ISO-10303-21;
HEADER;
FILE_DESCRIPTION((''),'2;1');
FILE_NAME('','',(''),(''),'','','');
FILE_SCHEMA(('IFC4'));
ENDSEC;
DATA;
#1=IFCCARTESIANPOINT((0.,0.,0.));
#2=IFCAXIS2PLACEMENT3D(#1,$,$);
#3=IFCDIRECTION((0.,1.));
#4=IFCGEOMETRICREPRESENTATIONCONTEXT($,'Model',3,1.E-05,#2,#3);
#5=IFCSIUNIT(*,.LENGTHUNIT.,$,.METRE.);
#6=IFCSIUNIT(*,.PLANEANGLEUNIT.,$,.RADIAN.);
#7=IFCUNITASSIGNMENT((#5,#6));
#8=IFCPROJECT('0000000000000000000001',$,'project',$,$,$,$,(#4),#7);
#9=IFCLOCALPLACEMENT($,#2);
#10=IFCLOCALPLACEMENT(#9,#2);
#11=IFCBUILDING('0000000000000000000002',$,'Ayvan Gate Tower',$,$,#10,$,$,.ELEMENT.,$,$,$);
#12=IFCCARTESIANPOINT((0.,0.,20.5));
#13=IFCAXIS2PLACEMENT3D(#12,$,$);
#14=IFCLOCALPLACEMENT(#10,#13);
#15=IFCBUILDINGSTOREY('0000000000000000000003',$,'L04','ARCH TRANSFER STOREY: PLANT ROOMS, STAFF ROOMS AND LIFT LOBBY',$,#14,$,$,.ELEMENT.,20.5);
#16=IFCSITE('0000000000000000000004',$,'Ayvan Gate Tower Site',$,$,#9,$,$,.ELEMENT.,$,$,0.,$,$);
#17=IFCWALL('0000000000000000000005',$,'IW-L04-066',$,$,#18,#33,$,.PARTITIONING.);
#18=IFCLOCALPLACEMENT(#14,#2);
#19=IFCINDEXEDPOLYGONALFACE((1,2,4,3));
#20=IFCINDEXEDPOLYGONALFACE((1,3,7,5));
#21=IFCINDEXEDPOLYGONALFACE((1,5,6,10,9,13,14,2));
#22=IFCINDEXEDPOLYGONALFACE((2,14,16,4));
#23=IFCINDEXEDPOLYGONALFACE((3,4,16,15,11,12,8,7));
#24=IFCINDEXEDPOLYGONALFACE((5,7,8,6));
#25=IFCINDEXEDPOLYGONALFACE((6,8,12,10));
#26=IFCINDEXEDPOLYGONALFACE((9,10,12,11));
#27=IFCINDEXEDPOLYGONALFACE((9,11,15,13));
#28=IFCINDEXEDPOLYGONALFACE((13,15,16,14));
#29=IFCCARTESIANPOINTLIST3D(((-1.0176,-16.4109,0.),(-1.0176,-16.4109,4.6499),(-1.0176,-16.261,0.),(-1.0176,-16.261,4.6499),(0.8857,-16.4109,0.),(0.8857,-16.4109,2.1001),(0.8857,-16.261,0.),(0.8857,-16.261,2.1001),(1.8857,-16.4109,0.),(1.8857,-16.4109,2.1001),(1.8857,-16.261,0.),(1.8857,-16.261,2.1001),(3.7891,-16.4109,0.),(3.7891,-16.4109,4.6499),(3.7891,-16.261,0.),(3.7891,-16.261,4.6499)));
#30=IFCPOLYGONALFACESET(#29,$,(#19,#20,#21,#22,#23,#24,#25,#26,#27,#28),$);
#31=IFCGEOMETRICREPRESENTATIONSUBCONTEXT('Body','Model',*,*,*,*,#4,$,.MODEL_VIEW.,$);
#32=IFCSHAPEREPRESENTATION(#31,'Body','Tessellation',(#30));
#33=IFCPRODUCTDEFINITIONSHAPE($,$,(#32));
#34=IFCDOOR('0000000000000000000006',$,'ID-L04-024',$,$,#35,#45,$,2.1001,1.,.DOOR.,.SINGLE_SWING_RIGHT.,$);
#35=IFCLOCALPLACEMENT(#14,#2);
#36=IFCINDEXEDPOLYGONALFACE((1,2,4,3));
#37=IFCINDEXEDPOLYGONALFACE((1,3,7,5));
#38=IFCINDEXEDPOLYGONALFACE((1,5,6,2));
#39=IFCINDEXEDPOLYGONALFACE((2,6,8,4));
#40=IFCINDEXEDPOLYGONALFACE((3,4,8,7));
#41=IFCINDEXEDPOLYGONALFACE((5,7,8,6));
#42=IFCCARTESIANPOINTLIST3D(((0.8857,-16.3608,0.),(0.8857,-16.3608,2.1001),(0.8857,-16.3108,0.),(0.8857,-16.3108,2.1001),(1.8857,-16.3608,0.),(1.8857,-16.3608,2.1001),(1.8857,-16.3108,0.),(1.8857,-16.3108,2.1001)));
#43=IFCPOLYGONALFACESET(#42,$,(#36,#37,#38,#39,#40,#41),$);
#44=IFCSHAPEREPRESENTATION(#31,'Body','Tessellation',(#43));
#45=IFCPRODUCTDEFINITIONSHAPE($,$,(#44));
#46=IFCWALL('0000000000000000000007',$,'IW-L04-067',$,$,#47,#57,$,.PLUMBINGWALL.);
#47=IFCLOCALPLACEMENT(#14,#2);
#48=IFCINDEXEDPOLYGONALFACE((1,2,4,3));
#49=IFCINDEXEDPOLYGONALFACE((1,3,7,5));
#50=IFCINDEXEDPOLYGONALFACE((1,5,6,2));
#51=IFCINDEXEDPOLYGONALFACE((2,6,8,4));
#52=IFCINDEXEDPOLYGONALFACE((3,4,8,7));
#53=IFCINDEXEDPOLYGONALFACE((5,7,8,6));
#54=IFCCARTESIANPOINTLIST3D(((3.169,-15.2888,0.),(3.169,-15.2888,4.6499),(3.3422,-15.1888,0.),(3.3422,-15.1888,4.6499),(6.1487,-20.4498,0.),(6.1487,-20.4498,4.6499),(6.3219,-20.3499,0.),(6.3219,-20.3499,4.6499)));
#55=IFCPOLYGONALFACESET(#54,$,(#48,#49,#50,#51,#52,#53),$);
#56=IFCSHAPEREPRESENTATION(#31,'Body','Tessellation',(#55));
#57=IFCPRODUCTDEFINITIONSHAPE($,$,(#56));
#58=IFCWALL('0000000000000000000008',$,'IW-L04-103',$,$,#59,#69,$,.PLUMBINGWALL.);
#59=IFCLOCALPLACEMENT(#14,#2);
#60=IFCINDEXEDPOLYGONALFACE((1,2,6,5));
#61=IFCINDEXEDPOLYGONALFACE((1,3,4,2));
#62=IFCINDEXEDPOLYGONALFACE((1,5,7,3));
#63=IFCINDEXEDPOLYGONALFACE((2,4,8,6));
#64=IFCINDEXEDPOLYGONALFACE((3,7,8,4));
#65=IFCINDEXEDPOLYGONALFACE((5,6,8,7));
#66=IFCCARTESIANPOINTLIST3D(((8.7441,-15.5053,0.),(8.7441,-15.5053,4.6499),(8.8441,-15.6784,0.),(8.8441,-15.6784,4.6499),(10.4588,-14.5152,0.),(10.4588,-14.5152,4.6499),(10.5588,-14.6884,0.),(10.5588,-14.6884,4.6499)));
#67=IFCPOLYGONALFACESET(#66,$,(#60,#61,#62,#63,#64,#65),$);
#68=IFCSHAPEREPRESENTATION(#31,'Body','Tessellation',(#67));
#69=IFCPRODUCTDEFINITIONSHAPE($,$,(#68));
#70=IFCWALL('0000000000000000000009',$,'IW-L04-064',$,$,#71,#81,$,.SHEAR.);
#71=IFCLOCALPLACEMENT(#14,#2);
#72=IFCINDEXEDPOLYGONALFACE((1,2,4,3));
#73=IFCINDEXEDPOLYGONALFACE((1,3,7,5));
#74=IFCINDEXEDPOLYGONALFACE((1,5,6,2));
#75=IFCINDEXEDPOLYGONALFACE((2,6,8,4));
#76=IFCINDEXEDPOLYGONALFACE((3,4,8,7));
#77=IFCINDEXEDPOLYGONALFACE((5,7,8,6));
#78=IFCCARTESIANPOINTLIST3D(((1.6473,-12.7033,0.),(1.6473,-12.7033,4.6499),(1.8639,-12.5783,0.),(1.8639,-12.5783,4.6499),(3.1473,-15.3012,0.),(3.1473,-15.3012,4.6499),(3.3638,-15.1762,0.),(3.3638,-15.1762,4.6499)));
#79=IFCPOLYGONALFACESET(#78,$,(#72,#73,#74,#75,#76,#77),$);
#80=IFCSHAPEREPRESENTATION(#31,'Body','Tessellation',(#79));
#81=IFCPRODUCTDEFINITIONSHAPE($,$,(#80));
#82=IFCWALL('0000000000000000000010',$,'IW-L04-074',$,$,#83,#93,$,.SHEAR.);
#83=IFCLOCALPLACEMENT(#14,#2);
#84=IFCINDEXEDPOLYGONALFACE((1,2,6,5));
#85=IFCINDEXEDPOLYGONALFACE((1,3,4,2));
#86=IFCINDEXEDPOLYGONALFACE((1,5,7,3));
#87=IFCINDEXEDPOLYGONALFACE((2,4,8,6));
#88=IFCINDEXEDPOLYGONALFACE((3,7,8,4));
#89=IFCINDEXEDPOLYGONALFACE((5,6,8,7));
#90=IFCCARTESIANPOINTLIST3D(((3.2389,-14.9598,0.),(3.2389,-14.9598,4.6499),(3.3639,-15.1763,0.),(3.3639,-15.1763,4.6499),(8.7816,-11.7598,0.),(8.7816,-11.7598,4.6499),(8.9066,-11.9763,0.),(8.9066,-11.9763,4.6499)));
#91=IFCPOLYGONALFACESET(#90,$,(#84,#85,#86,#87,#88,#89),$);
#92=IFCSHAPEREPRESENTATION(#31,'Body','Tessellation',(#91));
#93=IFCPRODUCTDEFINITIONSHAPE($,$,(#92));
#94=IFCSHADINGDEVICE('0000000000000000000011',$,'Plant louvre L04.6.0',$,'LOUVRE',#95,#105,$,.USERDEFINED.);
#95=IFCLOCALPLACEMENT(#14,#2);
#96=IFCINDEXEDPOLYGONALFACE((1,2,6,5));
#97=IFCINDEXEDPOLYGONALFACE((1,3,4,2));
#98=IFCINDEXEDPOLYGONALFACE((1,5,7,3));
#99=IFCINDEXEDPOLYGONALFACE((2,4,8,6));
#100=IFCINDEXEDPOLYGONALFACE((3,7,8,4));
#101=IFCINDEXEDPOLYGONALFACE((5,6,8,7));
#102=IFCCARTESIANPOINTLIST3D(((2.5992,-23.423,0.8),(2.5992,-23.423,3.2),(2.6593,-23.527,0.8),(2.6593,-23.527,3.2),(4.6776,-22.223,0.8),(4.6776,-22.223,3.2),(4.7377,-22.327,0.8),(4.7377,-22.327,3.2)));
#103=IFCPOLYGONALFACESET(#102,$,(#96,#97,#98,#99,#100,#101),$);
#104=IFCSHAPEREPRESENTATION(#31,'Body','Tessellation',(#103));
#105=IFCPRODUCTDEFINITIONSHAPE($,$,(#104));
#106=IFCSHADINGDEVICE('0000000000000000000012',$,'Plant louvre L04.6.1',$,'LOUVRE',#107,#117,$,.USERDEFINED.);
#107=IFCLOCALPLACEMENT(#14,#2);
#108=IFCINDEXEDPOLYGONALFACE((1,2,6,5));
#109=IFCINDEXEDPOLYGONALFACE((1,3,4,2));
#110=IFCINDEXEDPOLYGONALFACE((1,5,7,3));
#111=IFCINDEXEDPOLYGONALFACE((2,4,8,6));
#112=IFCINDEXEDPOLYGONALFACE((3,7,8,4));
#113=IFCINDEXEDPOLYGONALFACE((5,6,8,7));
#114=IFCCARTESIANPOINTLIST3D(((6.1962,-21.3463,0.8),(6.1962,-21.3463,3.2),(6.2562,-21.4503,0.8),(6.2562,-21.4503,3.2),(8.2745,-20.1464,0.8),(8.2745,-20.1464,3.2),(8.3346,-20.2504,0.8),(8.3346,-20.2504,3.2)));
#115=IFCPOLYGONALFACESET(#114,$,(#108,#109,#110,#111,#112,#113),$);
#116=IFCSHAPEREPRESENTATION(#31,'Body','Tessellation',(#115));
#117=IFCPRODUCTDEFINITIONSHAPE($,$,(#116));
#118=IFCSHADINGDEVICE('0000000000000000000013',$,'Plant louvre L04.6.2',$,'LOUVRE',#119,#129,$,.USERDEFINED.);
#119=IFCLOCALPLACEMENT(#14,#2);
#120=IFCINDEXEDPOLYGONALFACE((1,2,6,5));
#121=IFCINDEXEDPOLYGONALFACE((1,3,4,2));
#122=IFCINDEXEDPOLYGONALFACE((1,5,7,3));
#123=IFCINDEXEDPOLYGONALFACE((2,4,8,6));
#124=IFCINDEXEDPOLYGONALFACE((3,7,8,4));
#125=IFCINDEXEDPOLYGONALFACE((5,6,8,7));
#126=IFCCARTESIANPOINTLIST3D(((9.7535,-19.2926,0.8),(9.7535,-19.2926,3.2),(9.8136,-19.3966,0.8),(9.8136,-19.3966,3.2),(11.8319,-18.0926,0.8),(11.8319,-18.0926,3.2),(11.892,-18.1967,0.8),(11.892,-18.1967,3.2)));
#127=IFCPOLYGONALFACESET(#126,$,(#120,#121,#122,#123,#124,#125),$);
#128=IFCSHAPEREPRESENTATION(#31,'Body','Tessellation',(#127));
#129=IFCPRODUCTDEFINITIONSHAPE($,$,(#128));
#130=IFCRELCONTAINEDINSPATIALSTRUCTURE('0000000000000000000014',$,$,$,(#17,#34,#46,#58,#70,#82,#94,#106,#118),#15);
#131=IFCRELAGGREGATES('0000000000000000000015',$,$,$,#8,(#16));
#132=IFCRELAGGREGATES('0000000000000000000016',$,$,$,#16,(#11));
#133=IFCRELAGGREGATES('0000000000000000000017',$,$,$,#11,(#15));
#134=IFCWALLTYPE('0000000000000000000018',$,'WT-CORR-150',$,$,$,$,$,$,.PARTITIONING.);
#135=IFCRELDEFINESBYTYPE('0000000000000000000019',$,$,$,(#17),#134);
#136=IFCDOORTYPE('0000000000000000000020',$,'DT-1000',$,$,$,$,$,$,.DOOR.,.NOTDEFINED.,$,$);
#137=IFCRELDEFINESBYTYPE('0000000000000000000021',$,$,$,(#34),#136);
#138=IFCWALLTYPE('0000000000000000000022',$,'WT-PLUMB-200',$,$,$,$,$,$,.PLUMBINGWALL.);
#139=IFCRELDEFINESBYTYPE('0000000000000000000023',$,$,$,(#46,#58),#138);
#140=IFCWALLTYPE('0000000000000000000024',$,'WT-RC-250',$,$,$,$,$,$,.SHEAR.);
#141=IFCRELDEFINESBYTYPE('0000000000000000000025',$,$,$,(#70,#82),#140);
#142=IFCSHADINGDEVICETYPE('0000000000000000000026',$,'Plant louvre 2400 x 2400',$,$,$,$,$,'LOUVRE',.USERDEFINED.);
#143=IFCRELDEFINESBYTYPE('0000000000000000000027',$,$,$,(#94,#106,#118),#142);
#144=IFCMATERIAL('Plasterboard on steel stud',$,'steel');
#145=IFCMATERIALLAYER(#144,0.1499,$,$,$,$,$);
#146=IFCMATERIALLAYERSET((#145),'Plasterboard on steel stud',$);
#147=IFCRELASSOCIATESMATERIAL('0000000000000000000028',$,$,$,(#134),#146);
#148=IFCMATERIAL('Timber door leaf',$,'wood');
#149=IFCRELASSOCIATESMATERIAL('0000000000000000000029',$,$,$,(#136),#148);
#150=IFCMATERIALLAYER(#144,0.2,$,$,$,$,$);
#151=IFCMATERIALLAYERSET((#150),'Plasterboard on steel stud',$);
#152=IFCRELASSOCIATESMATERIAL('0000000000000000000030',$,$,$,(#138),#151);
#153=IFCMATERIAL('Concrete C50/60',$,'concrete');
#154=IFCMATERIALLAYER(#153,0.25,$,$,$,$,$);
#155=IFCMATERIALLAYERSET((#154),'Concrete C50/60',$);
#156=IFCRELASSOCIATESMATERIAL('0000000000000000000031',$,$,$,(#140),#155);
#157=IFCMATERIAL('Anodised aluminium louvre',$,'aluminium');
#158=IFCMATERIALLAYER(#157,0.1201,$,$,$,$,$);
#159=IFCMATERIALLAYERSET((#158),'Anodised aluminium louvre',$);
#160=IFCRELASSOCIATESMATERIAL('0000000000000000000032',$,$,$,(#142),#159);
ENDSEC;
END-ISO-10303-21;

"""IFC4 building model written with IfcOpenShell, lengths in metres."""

from ifc_helpers import new_model, si_unit, direction, frame, frame_2d, origin, origin_2d, place, context, subcontext, project, spatial, rectangle, extrude, material, layer, layer_set, type_object, element, fill, save


model = new_model("IFC4")

# Units and contexts
model_context = context("Model", 3, precision=1e-05, world=origin(), true_north=direction((0.0, 1.0)))
body_context = subcontext(model_context, "Body", "Model", "MODEL_VIEW")
ifc_project = project(units=[si_unit("LENGTHUNIT", "METRE"), si_unit("PLANEANGLEUNIT", "RADIAN")], contexts=[model_context])

# Site, building, storey
site_placement = place(None, origin())
site = spatial("IfcSite", under=ifc_project, at=site_placement, Name="Ayvan Gate Tower Site", CompositionType="ELEMENT", RefElevation=0.0)
building_placement = place(site_placement, origin())
building = spatial("IfcBuilding", under=site, at=building_placement, Name="Ayvan Gate Tower", CompositionType="ELEMENT")
storey_placement = place(building_placement, frame((0.0, 0.0, 20.5)))
storey = spatial("IfcBuildingStorey", under=building, at=storey_placement, Name="L04", Description="ARCH TRANSFER STOREY: PLANT ROOMS, STAFF ROOMS AND LIFT LOBBY", CompositionType="ELEMENT", Elevation=20.5)

# Shared definitions
ifc_material_1 = material(Name="Anodised aluminium louvre", Category="aluminium")

# Wall, opening, door
ifc_material_2 = material(Name="Plasterboard on steel stud", Category="steel")
ifc_layer_1 = layer(ifc_material_2, 0.1499)
ifc_layer_set_1 = layer_set([ifc_layer_1], Name="Plasterboard on steel stud")
wall_type_1 = type_object("IfcWallType", Name="WT-CORR-150", PredefinedType="PARTITIONING", material=ifc_layer_set_1)
wall_1_placement = place(storey_placement, frame((3.7891, -16.3359, 0.0), z_axis=(0.0, 0.0, 1.0), x_axis=(-1.0, 0.0, 0.0)))
wall_1 = element("IfcWall", 1, at=wall_1_placement, inside=storey, type_object=wall_type_1, Name="IW-L04-066", PredefinedType="PARTITIONING", context=body_context, shape_type="SweptSolid", body=[
    extrude(rectangle(XDim=4.8066, YDim=0.1499, at=frame_2d((2.4033, 0.0))), origin(), (0.0, 0.0, 1.0), 4.6499),
])
opening_1_placement = place(wall_1_placement, frame((1.9033, 0.0, 0.0)))
opening_1 = element("IfcOpeningElement", 2, at=opening_1_placement, cuts=wall_1, PredefinedType="OPENING", context=body_context, shape_type="SweptSolid", body=[
    extrude(rectangle(XDim=1.0, YDim=2.1001, at=frame_2d((0.5, 1.05))), frame((0.0, 0.085, 0.0), z_axis=(0.0, -1.0, 0.0), x_axis=(1.0, 0.0, 0.0)), (0.0, 0.0, 1.0), 0.1699),
])
ifc_material_3 = material(Name="Timber door leaf", Category="wood")
door_type = type_object("IfcDoorType", Name="DT-1000", OperationType="NOTDEFINED", PredefinedType="DOOR", material=ifc_material_3)
door_placement = place(opening_1_placement, origin())
door = element("IfcDoor", 3, at=door_placement, inside=storey, type_object=door_type, Name="ID-L04-024", OperationType="SINGLE_SWING_RIGHT", OverallHeight=2.1001, OverallWidth=1.0, PredefinedType="DOOR", context=body_context, shape_type="SweptSolid", body=[
    extrude(rectangle(XDim=1.0, YDim=2.1001, at=frame_2d((0.5, 1.05))), frame((0.0, 0.0249, 0.0), z_axis=(0.0, -1.0, 0.0), x_axis=(1.0, 0.0, 0.0)), (0.0, 0.0, 1.0), 0.05),
])
fill(opening_1, door)

# Walls
ifc_layer_2 = layer(ifc_material_2, 0.2)
ifc_layer_set_2 = layer_set([ifc_layer_2], Name="Plasterboard on steel stud")
wall_type_2 = type_object("IfcWallType", Name="WT-PLUMB-200", PredefinedType="PLUMBINGWALL", material=ifc_layer_set_2)
wall_2_placement = place(storey_placement, frame((3.2556, -15.2388, 0.0), z_axis=(0.0, 0.0, 1.0), x_axis=(0.499994, -0.866029, 0.0)))
element("IfcWall", 4, at=wall_2_placement, inside=storey, type_object=wall_type_2, Name="IW-L04-067", PredefinedType="PLUMBINGWALL", context=body_context, shape_type="SweptSolid", body=[
    extrude(rectangle(XDim=5.9595, YDim=0.2, at=frame_2d((2.9797, 0.0))), origin(), (0.0, 0.0, 1.0), 4.6499),
])
wall_3_placement = place(storey_placement, frame((10.5088, -14.6018, 0.0), z_axis=(0.0, 0.0, 1.0), x_axis=(-0.866011, -0.500025, 0.0)))
element("IfcWall", 5, at=wall_3_placement, inside=storey, type_object=wall_type_2, Name="IW-L04-103", PredefinedType="PLUMBINGWALL", context=body_context, shape_type="SweptSolid", body=[
    extrude(rectangle(XDim=1.98, YDim=0.2, at=frame_2d((0.99, 0.0))), origin(), (0.0, 0.0, 1.0), 4.6499),
])
ifc_material_4 = material(Name="Concrete C50/60", Category="concrete")
ifc_layer_3 = layer(ifc_material_4, 0.25)
ifc_layer_set_3 = layer_set([ifc_layer_3], Name="Concrete C50/60")
wall_type_3 = type_object("IfcWallType", Name="WT-RC-250", PredefinedType="SHEAR", material=ifc_layer_set_3)
wall_4_placement = place(storey_placement, frame((3.2556, -15.2388, 0.0), z_axis=(0.0, 0.0, 1.0), x_axis=(-0.500025, 0.866011, 0.0)))
element("IfcWall", 6, at=wall_4_placement, inside=storey, type_object=wall_type_3, Name="IW-L04-064", PredefinedType="SHEAR", context=body_context, shape_type="SweptSolid", body=[
    extrude(rectangle(XDim=2.9998, YDim=0.25, at=frame_2d((1.5, 0.0))), origin(), (0.0, 0.0, 1.0), 4.6499),
])
wall_5_placement = place(storey_placement, frame((3.3013, -15.0681, 0.0), z_axis=(0.0, 0.0, 1.0), x_axis=(0.866035, 0.499983, 0.0)))
element("IfcWall", 7, at=wall_5_placement, inside=storey, type_object=wall_type_3, Name="IW-L04-074", PredefinedType="SHEAR", context=body_context, shape_type="SweptSolid", body=[
    extrude(rectangle(XDim=6.4001, YDim=0.25, at=frame_2d((3.2002, 0.0))), origin(), (0.0, 0.0, 1.0), 4.6499),
])

# Shading devices
ifc_layer_4 = layer(ifc_material_1, 0.1201)
ifc_layer_set_4 = layer_set([ifc_layer_4], Name="Anodised aluminium louvre")
shading_device_type = type_object("IfcShadingDeviceType", Name="Plant louvre 2400 x 2400", ElementType="LOUVRE", PredefinedType="USERDEFINED", material=ifc_layer_set_4)
for number, where, z_axis, x_axis, name in (
    (8, (3.6685, -22.875, 0.8), (0.0, 0.0, 1.0), (0.866025, 0.5, 0.0), "Plant louvre L04.6.0"),
    (9, (7.2654, -20.7983, 0.8), (0.0, 0.0, 1.0), (0.866025, 0.5, 0.0), "Plant louvre L04.6.1"),
    (10, (10.8228, -18.7446, 0.8), (0.0, 0.0, 1.0), (0.866025, 0.5, 0.0), "Plant louvre L04.6.2"),
):
    element("IfcShadingDevice", number, at=place(storey_placement, frame(where, z_axis=z_axis, x_axis=x_axis)), inside=storey, type_object=shading_device_type, Name=name, ObjectType="LOUVRE", PredefinedType="USERDEFINED", context=body_context, shape_type="SweptSolid", body=[
        extrude(rectangle(XDim=2.3999, YDim=0.1201, at=origin_2d()), origin(), (0.0, 0.0, 1.0), 2.3999),
    ])

save(model, "model.ifc")
